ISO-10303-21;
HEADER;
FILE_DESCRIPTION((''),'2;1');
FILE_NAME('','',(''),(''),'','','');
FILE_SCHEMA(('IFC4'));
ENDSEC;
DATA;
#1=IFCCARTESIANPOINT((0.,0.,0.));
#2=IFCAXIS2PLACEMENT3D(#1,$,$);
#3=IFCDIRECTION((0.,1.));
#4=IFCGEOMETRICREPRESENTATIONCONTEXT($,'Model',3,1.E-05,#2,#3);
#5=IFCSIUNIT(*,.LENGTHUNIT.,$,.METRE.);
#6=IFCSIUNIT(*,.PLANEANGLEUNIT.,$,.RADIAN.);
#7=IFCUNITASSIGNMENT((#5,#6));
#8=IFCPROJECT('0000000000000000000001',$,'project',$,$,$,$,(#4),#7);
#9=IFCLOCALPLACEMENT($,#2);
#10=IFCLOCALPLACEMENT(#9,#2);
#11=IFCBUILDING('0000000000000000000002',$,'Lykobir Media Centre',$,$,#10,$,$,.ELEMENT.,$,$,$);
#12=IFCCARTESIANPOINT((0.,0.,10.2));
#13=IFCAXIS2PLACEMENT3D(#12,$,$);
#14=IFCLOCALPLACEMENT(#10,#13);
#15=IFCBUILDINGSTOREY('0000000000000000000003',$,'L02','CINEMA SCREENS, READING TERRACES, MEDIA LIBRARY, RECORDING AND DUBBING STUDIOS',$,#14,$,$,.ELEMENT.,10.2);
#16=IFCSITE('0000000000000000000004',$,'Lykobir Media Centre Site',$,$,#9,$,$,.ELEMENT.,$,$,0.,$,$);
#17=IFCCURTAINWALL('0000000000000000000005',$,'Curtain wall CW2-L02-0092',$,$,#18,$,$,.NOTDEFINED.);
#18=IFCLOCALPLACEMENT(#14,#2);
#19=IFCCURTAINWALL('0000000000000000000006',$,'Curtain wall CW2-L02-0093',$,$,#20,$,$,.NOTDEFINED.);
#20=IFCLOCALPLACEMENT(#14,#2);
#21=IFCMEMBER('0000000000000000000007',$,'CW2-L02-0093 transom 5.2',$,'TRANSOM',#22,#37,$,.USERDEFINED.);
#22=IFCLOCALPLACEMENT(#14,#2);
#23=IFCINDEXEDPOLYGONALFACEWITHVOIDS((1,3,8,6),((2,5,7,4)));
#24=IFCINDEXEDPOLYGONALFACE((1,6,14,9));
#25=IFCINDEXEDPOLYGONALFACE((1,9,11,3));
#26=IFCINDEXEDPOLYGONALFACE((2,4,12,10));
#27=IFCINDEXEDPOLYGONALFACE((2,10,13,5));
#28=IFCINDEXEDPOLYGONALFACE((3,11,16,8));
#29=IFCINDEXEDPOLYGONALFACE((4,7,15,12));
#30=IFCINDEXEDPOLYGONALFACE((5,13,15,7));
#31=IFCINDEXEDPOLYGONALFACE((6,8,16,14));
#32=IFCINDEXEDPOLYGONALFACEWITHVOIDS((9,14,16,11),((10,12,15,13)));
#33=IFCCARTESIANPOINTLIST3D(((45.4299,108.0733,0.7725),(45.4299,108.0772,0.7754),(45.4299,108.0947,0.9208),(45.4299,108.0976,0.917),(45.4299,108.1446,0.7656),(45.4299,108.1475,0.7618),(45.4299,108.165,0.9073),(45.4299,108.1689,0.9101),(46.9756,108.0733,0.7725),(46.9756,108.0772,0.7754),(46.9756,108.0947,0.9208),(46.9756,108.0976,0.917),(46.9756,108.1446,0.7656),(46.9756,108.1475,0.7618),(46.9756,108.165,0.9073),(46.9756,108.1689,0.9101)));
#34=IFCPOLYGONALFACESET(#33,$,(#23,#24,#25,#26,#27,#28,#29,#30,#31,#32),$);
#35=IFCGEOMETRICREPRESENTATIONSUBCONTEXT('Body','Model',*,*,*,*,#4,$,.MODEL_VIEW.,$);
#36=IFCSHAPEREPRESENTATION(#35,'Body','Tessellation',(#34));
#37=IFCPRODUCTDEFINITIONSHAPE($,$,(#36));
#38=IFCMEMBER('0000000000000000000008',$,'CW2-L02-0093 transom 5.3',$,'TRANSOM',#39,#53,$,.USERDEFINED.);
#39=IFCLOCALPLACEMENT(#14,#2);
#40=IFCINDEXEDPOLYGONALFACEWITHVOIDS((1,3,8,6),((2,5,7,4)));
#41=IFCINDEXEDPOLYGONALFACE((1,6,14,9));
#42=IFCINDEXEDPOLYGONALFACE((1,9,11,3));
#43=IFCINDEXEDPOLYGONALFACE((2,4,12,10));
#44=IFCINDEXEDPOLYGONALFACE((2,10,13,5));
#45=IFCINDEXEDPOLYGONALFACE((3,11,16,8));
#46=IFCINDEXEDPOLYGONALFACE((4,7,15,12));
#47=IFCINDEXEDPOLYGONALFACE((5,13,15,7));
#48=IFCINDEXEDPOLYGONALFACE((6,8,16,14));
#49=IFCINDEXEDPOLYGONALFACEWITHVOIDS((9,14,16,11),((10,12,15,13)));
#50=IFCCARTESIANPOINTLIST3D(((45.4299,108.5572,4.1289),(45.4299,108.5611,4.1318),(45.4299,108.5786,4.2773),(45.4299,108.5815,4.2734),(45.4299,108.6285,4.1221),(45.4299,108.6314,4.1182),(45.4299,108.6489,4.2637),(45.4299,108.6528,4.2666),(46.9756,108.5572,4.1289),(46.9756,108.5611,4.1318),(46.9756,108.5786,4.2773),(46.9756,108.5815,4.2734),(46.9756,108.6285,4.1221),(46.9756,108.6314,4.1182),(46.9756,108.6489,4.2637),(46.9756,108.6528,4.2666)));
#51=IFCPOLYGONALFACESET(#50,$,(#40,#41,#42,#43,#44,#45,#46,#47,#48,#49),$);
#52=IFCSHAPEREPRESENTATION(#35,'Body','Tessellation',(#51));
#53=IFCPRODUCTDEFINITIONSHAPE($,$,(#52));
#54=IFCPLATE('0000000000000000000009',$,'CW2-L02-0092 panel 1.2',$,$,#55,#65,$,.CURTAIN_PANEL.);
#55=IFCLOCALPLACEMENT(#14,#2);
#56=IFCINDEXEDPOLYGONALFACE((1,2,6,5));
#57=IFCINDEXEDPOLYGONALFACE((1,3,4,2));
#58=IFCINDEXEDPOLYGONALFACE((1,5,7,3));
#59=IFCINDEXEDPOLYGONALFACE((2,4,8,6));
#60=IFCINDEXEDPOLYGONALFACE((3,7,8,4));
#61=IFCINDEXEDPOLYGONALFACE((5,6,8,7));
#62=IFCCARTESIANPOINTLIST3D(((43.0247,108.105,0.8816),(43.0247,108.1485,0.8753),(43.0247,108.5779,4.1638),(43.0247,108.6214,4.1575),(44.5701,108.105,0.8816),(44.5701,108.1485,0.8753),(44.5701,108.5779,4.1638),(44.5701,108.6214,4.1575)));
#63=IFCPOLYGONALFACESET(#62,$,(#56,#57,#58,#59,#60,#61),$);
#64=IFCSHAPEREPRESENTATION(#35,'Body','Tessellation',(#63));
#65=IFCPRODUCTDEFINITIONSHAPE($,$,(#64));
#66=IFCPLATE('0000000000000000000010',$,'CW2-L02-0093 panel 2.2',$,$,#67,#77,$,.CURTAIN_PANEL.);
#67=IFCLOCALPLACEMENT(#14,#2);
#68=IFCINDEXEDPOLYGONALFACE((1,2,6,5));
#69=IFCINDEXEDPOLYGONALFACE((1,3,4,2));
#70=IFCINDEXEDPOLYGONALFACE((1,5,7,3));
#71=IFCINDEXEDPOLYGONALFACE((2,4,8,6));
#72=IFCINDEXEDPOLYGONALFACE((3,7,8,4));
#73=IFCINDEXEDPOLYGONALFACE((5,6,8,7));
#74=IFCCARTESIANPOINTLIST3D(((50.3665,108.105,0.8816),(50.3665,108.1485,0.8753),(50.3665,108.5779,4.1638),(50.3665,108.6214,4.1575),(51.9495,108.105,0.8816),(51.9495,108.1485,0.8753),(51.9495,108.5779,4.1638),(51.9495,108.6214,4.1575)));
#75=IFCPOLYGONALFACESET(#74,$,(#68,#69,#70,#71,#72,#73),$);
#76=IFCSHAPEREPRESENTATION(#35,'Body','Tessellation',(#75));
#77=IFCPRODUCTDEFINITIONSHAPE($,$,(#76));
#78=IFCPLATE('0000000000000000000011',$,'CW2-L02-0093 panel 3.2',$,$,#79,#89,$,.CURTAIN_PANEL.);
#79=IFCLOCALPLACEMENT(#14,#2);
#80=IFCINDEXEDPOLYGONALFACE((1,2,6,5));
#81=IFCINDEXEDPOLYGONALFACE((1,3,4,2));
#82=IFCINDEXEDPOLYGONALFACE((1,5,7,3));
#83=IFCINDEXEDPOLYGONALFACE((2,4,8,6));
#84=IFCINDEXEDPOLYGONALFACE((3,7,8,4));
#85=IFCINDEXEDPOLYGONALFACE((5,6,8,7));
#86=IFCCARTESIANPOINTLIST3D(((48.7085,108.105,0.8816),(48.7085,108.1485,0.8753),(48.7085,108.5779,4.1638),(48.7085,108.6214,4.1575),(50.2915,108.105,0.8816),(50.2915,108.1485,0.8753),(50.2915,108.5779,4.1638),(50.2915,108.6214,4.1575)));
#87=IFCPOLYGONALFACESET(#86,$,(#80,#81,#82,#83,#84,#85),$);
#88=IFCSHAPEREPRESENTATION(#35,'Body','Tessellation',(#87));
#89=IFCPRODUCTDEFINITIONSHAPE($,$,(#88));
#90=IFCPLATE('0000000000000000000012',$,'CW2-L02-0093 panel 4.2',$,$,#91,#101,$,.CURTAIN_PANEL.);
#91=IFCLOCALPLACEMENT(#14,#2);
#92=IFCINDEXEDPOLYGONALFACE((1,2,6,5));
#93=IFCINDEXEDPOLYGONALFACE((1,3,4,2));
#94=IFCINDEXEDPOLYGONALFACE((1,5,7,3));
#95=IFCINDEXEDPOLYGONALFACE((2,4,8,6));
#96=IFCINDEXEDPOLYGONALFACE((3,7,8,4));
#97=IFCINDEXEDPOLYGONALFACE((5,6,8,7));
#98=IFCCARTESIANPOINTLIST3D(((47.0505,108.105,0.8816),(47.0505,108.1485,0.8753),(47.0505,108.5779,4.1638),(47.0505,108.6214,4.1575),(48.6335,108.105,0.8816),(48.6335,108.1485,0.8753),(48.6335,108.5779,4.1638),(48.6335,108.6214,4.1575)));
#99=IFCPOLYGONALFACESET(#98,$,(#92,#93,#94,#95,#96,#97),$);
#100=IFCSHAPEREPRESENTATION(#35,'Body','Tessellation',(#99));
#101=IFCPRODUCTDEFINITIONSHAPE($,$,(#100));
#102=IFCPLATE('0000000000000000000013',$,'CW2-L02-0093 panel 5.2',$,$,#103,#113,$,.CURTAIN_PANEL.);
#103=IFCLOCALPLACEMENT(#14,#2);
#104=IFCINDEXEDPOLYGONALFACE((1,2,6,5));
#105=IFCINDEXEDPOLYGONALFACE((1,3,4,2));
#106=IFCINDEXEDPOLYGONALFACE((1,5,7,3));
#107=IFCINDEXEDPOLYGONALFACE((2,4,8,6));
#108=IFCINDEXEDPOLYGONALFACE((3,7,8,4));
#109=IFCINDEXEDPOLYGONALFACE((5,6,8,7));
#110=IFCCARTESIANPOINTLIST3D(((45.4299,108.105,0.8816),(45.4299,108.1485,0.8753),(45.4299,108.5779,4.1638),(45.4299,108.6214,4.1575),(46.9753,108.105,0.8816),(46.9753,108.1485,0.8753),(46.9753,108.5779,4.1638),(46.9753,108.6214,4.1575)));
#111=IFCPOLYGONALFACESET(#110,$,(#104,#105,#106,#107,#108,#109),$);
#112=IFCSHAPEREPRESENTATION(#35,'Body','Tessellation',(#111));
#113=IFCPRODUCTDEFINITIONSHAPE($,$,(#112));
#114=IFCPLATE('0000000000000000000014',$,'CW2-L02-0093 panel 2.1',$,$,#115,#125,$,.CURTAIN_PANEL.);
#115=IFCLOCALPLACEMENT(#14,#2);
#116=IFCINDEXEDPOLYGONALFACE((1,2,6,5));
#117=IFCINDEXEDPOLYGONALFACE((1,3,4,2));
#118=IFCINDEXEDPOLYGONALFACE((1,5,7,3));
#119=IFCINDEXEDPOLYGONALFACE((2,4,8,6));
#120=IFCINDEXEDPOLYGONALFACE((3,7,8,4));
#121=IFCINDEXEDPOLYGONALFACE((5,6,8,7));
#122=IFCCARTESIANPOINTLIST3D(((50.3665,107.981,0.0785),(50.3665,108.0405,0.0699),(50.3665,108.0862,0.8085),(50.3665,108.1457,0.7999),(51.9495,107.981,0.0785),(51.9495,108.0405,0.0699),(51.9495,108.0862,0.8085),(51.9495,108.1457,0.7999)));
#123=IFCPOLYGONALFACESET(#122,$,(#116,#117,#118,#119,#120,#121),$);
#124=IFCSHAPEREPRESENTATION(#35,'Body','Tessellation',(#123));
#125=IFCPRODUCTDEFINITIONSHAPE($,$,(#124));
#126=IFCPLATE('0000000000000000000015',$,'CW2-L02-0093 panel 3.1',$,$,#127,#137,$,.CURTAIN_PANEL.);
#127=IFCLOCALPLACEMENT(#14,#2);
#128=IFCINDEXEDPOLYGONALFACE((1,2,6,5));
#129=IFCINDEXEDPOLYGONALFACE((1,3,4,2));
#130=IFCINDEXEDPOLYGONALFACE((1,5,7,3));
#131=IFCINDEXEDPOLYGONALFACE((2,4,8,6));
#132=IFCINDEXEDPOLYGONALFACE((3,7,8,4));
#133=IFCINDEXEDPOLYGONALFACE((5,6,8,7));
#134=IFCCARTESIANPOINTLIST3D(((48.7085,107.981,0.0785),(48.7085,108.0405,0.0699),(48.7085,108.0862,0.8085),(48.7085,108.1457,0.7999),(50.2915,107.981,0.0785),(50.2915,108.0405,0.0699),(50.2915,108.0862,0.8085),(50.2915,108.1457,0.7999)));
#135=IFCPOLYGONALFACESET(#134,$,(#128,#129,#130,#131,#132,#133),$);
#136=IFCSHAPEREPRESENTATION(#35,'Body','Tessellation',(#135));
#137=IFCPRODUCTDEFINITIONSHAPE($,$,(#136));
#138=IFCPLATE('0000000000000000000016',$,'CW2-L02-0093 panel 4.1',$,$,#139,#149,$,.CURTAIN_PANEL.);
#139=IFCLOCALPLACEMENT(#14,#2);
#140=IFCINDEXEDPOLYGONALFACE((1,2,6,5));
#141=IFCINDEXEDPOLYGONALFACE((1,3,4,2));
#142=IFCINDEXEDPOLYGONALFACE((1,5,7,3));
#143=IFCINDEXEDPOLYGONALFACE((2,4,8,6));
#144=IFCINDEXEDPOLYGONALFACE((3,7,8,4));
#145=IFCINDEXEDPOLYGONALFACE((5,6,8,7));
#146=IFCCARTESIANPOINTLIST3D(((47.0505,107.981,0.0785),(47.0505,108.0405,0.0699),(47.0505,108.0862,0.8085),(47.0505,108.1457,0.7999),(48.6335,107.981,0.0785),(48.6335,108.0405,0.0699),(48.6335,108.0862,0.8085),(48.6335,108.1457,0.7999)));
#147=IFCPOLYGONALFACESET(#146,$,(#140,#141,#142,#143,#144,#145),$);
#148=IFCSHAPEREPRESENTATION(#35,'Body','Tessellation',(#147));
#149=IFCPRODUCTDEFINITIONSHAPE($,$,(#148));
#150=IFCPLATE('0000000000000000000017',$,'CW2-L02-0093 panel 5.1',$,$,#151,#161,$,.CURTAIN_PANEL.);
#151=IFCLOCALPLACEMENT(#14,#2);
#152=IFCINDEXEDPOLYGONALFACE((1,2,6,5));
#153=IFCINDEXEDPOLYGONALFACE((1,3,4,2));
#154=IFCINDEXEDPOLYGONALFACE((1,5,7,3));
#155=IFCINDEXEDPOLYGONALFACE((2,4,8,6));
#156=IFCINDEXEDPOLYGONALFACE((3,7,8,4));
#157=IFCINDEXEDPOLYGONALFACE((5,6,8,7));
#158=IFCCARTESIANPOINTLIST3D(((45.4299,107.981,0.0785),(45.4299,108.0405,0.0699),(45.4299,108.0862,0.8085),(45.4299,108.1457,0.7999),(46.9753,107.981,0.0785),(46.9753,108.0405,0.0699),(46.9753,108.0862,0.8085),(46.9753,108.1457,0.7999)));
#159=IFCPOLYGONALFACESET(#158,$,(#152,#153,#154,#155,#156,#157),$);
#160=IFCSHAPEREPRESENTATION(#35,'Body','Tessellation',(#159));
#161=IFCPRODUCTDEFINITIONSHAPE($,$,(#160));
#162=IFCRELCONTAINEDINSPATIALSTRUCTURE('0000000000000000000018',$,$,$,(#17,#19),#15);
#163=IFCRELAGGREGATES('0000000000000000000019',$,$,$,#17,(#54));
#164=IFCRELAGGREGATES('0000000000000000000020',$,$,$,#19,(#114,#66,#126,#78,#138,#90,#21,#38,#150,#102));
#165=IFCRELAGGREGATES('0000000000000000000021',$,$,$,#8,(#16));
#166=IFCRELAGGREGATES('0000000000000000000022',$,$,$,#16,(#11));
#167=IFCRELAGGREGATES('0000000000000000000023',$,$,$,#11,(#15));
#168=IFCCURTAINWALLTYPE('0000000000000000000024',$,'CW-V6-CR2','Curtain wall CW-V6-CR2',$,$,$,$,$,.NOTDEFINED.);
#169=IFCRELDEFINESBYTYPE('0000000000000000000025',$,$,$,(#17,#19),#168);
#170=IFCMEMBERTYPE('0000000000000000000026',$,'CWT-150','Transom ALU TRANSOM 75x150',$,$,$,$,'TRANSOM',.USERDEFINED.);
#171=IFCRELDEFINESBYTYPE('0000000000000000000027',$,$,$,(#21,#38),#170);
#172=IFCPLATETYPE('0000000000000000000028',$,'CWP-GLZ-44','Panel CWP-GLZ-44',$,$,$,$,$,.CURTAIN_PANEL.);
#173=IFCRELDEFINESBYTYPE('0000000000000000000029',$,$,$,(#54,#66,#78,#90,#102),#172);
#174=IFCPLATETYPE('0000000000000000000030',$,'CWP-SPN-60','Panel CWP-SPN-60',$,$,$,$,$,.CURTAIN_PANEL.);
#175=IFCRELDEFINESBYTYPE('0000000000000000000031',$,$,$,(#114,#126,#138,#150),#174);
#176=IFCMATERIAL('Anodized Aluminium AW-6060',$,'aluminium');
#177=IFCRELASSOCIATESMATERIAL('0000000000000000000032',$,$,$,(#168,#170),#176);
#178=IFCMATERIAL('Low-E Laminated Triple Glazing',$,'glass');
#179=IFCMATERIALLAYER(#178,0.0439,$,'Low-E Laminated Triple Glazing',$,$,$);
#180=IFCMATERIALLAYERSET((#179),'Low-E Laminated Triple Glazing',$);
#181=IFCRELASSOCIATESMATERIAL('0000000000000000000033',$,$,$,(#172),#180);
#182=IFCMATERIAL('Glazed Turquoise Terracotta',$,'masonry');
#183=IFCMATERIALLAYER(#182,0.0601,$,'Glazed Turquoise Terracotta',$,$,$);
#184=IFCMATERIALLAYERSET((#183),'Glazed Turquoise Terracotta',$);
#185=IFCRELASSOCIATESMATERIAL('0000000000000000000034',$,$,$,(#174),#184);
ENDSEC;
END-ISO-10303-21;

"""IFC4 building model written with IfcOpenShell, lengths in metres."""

from ifc_helpers import new_model, si_unit, direction, frame, origin, origin_2d, place, context, subcontext, project, spatial, rectangle, hollow_rectangle, extrude, material, layer, layer_set, material_profile, profile_set, type_object, element, aggregate, save


model = new_model("IFC4")

# Units and contexts
model_context = context("Model", 3, precision=1e-05, world=origin(), true_north=direction((0.0, 1.0)))
body_context = subcontext(model_context, "Body", "Model", "MODEL_VIEW")
ifc_project = project(units=[si_unit("LENGTHUNIT", "METRE"), si_unit("PLANEANGLEUNIT", "RADIAN")], contexts=[model_context])

# Site, building, storey
site_placement = place(None, origin())
site = spatial("IfcSite", under=ifc_project, at=site_placement, Name="Lykobir Media Centre Site", CompositionType="ELEMENT", RefElevation=0.0)
building_placement = place(site_placement, origin())
building = spatial("IfcBuilding", under=site, at=building_placement, Name="Lykobir Media Centre", CompositionType="ELEMENT")
storey_placement = place(building_placement, frame((0.0, 0.0, 10.2)))
storey = spatial("IfcBuildingStorey", under=building, at=storey_placement, Name="L02", Description="CINEMA SCREENS, READING TERRACES, MEDIA LIBRARY, RECORDING AND DUBBING STUDIOS", CompositionType="ELEMENT", Elevation=10.2)

# Curtain walls, members
ifc_material_1 = material(Name="Anodized Aluminium AW-6060", Category="aluminium")
curtain_wall_type = type_object("IfcCurtainWallType", Name="CW-V6-CR2", Description="Curtain wall CW-V6-CR2", PredefinedType="NOTDEFINED", material=ifc_material_1)
curtain_wall_1_placement = place(storey_placement, origin())
curtain_wall_1 = element("IfcCurtainWall", 1, at=curtain_wall_1_placement, inside=storey, type_object=curtain_wall_type, Name="Curtain wall CW2-L02-0092", PredefinedType="NOTDEFINED")
ifc_material_profile = material_profile(ifc_material_1, hollow_rectangle(XDim=0.075, YDim=0.1499, WallThickness=0.0034, at=origin_2d()), Name="ALU TRANSOM 75x150")
ifc_profile_set = profile_set([ifc_material_profile], Name="Anodized Aluminium AW-6060")
member_type = type_object("IfcMemberType", Name="CWT-150", Description="Transom ALU TRANSOM 75x150", ElementType="TRANSOM", PredefinedType="USERDEFINED", material=ifc_profile_set)
curtain_wall_2_placement = place(storey_placement, origin())
curtain_wall_2 = element("IfcCurtainWall", 2, at=curtain_wall_2_placement, inside=storey, type_object=curtain_wall_type, Name="Curtain wall CW2-L02-0093", PredefinedType="NOTDEFINED")
member_1_placement = place(storey_placement, frame((46.9756, 108.1211, 0.8413), z_axis=(-1.0, 0.0, 0.0), x_axis=(0.0, -0.989776, 0.142629)))
member_1 = element("IfcMember", 3, at=member_1_placement, type_object=member_type, Name="CW2-L02-0093 transom 5.2", ObjectType="TRANSOM", PredefinedType="USERDEFINED", context=body_context, shape_type="SweptSolid", body=[
    extrude(hollow_rectangle(XDim=0.075, YDim=0.1499, WallThickness=0.0034, at=origin_2d()), origin(), (0.0, 0.0, 1.0), 1.5457),
])
member_2_placement = place(storey_placement, frame((46.9756, 108.605, 4.1978), z_axis=(-1.0, 0.0, 0.0), x_axis=(0.0, -0.989776, 0.142629)))
member_2 = element("IfcMember", 4, at=member_2_placement, type_object=member_type, Name="CW2-L02-0093 transom 5.3", ObjectType="TRANSOM", PredefinedType="USERDEFINED", context=body_context, shape_type="SweptSolid", body=[
    extrude(hollow_rectangle(XDim=0.075, YDim=0.1499, WallThickness=0.0034, at=origin_2d()), origin(), (0.0, 0.0, 1.0), 1.5457),
])

# Plates
ifc_material_2 = material(Name="Low-E Laminated Triple Glazing", Category="glass")
ifc_layer_1 = layer(ifc_material_2, 0.0439, Name="Low-E Laminated Triple Glazing")
ifc_layer_set_1 = layer_set([ifc_layer_1], Name="Low-E Laminated Triple Glazing")
plate_type_1 = type_object("IfcPlateType", Name="CWP-GLZ-44", Description="Panel CWP-GLZ-44", PredefinedType="CURTAIN_PANEL", material=ifc_layer_set_1)
plate_1_placement = place(storey_placement, frame((43.7974, 108.1267, 0.8784), z_axis=(0.0, 0.142629, 0.989776), x_axis=(-1.0, 0.0, 0.0)))
plate_1 = element("IfcPlate", 5, at=plate_1_placement, type_object=plate_type_1, Name="CW2-L02-0092 panel 1.2", PredefinedType="CURTAIN_PANEL", context=body_context, shape_type="SweptSolid", body=[
    extrude(rectangle(XDim=1.5454, YDim=0.0439, at=origin_2d()), origin(), (0.0, 0.0, 1.0), 3.3162),
])
aggregate(curtain_wall_1, [plate_1])
plate_2_placement = place(storey_placement, frame((51.158, 108.1267, 0.8784), z_axis=(0.0, 0.142629, 0.989776), x_axis=(-1.0, 0.0, 0.0)))
plate_2 = element("IfcPlate", 6, at=plate_2_placement, type_object=plate_type_1, Name="CW2-L02-0093 panel 2.2", PredefinedType="CURTAIN_PANEL", context=body_context, shape_type="SweptSolid", body=[
    extrude(rectangle(XDim=1.583, YDim=0.0439, at=origin_2d()), origin(), (0.0, 0.0, 1.0), 3.3162),
])
plate_3_placement = place(storey_placement, frame((49.5, 108.1267, 0.8784), z_axis=(0.0, 0.142629, 0.989776), x_axis=(-1.0, 0.0, 0.0)))
plate_3 = element("IfcPlate", 7, at=plate_3_placement, type_object=plate_type_1, Name="CW2-L02-0093 panel 3.2", PredefinedType="CURTAIN_PANEL", context=body_context, shape_type="SweptSolid", body=[
    extrude(rectangle(XDim=1.583, YDim=0.0439, at=origin_2d()), origin(), (0.0, 0.0, 1.0), 3.3162),
])
plate_4_placement = place(storey_placement, frame((47.842, 108.1267, 0.8784), z_axis=(0.0, 0.142629, 0.989776), x_axis=(-1.0, 0.0, 0.0)))
plate_4 = element("IfcPlate", 8, at=plate_4_placement, type_object=plate_type_1, Name="CW2-L02-0093 panel 4.2", PredefinedType="CURTAIN_PANEL", context=body_context, shape_type="SweptSolid", body=[
    extrude(rectangle(XDim=1.583, YDim=0.0439, at=origin_2d()), origin(), (0.0, 0.0, 1.0), 3.3162),
])
plate_5_placement = place(storey_placement, frame((46.2026, 108.1267, 0.8784), z_axis=(0.0, 0.142629, 0.989776), x_axis=(-1.0, 0.0, 0.0)))
plate_5 = element("IfcPlate", 9, at=plate_5_placement, type_object=plate_type_1, Name="CW2-L02-0093 panel 5.2", PredefinedType="CURTAIN_PANEL", context=body_context, shape_type="SweptSolid", body=[
    extrude(rectangle(XDim=1.5454, YDim=0.0439, at=origin_2d()), origin(), (0.0, 0.0, 1.0), 3.3162),
])
ifc_material_3 = material(Name="Glazed Turquoise Terracotta", Category="masonry")
ifc_layer_2 = layer(ifc_material_3, 0.0601, Name="Glazed Turquoise Terracotta")
ifc_layer_set_2 = layer_set([ifc_layer_2], Name="Glazed Turquoise Terracotta")
plate_type_2 = type_object("IfcPlateType", Name="CWP-SPN-60", Description="Panel CWP-SPN-60", PredefinedType="CURTAIN_PANEL", material=ifc_layer_set_2)
plate_6_placement = place(storey_placement, frame((51.158, 108.0107, 0.0742), z_axis=(0.0, 0.142629, 0.989776), x_axis=(-1.0, 0.0, 0.0)))
plate_6 = element("IfcPlate", 10, at=plate_6_placement, type_object=plate_type_2, Name="CW2-L02-0093 panel 2.1", PredefinedType="CURTAIN_PANEL", context=body_context, shape_type="SweptSolid", body=[
    extrude(rectangle(XDim=1.583, YDim=0.0601, at=origin_2d()), origin(), (0.0, 0.0, 1.0), 0.7375),
])
plate_7_placement = place(storey_placement, frame((49.5, 108.0107, 0.0742), z_axis=(0.0, 0.142629, 0.989776), x_axis=(-1.0, 0.0, 0.0)))
plate_7 = element("IfcPlate", 11, at=plate_7_placement, type_object=plate_type_2, Name="CW2-L02-0093 panel 3.1", PredefinedType="CURTAIN_PANEL", context=body_context, shape_type="SweptSolid", body=[
    extrude(rectangle(XDim=1.583, YDim=0.0601, at=origin_2d()), origin(), (0.0, 0.0, 1.0), 0.7375),
])
plate_8_placement = place(storey_placement, frame((47.842, 108.0107, 0.0742), z_axis=(0.0, 0.142629, 0.989776), x_axis=(-1.0, 0.0, 0.0)))
plate_8 = element("IfcPlate", 12, at=plate_8_placement, type_object=plate_type_2, Name="CW2-L02-0093 panel 4.1", PredefinedType="CURTAIN_PANEL", context=body_context, shape_type="SweptSolid", body=[
    extrude(rectangle(XDim=1.583, YDim=0.0601, at=origin_2d()), origin(), (0.0, 0.0, 1.0), 0.7375),
])
plate_9_placement = place(storey_placement, frame((46.2026, 108.0107, 0.0742), z_axis=(0.0, 0.142629, 0.989776), x_axis=(-1.0, 0.0, 0.0)))
plate_9 = element("IfcPlate", 13, at=plate_9_placement, type_object=plate_type_2, Name="CW2-L02-0093 panel 5.1", PredefinedType="CURTAIN_PANEL", context=body_context, shape_type="SweptSolid", body=[
    extrude(rectangle(XDim=1.5454, YDim=0.0601, at=origin_2d()), origin(), (0.0, 0.0, 1.0), 0.7375),
])
aggregate(curtain_wall_2, [plate_6, plate_2, plate_7, plate_3, plate_8, plate_4, member_1, member_2, plate_9, plate_5])

save(model, "model.ifc")
